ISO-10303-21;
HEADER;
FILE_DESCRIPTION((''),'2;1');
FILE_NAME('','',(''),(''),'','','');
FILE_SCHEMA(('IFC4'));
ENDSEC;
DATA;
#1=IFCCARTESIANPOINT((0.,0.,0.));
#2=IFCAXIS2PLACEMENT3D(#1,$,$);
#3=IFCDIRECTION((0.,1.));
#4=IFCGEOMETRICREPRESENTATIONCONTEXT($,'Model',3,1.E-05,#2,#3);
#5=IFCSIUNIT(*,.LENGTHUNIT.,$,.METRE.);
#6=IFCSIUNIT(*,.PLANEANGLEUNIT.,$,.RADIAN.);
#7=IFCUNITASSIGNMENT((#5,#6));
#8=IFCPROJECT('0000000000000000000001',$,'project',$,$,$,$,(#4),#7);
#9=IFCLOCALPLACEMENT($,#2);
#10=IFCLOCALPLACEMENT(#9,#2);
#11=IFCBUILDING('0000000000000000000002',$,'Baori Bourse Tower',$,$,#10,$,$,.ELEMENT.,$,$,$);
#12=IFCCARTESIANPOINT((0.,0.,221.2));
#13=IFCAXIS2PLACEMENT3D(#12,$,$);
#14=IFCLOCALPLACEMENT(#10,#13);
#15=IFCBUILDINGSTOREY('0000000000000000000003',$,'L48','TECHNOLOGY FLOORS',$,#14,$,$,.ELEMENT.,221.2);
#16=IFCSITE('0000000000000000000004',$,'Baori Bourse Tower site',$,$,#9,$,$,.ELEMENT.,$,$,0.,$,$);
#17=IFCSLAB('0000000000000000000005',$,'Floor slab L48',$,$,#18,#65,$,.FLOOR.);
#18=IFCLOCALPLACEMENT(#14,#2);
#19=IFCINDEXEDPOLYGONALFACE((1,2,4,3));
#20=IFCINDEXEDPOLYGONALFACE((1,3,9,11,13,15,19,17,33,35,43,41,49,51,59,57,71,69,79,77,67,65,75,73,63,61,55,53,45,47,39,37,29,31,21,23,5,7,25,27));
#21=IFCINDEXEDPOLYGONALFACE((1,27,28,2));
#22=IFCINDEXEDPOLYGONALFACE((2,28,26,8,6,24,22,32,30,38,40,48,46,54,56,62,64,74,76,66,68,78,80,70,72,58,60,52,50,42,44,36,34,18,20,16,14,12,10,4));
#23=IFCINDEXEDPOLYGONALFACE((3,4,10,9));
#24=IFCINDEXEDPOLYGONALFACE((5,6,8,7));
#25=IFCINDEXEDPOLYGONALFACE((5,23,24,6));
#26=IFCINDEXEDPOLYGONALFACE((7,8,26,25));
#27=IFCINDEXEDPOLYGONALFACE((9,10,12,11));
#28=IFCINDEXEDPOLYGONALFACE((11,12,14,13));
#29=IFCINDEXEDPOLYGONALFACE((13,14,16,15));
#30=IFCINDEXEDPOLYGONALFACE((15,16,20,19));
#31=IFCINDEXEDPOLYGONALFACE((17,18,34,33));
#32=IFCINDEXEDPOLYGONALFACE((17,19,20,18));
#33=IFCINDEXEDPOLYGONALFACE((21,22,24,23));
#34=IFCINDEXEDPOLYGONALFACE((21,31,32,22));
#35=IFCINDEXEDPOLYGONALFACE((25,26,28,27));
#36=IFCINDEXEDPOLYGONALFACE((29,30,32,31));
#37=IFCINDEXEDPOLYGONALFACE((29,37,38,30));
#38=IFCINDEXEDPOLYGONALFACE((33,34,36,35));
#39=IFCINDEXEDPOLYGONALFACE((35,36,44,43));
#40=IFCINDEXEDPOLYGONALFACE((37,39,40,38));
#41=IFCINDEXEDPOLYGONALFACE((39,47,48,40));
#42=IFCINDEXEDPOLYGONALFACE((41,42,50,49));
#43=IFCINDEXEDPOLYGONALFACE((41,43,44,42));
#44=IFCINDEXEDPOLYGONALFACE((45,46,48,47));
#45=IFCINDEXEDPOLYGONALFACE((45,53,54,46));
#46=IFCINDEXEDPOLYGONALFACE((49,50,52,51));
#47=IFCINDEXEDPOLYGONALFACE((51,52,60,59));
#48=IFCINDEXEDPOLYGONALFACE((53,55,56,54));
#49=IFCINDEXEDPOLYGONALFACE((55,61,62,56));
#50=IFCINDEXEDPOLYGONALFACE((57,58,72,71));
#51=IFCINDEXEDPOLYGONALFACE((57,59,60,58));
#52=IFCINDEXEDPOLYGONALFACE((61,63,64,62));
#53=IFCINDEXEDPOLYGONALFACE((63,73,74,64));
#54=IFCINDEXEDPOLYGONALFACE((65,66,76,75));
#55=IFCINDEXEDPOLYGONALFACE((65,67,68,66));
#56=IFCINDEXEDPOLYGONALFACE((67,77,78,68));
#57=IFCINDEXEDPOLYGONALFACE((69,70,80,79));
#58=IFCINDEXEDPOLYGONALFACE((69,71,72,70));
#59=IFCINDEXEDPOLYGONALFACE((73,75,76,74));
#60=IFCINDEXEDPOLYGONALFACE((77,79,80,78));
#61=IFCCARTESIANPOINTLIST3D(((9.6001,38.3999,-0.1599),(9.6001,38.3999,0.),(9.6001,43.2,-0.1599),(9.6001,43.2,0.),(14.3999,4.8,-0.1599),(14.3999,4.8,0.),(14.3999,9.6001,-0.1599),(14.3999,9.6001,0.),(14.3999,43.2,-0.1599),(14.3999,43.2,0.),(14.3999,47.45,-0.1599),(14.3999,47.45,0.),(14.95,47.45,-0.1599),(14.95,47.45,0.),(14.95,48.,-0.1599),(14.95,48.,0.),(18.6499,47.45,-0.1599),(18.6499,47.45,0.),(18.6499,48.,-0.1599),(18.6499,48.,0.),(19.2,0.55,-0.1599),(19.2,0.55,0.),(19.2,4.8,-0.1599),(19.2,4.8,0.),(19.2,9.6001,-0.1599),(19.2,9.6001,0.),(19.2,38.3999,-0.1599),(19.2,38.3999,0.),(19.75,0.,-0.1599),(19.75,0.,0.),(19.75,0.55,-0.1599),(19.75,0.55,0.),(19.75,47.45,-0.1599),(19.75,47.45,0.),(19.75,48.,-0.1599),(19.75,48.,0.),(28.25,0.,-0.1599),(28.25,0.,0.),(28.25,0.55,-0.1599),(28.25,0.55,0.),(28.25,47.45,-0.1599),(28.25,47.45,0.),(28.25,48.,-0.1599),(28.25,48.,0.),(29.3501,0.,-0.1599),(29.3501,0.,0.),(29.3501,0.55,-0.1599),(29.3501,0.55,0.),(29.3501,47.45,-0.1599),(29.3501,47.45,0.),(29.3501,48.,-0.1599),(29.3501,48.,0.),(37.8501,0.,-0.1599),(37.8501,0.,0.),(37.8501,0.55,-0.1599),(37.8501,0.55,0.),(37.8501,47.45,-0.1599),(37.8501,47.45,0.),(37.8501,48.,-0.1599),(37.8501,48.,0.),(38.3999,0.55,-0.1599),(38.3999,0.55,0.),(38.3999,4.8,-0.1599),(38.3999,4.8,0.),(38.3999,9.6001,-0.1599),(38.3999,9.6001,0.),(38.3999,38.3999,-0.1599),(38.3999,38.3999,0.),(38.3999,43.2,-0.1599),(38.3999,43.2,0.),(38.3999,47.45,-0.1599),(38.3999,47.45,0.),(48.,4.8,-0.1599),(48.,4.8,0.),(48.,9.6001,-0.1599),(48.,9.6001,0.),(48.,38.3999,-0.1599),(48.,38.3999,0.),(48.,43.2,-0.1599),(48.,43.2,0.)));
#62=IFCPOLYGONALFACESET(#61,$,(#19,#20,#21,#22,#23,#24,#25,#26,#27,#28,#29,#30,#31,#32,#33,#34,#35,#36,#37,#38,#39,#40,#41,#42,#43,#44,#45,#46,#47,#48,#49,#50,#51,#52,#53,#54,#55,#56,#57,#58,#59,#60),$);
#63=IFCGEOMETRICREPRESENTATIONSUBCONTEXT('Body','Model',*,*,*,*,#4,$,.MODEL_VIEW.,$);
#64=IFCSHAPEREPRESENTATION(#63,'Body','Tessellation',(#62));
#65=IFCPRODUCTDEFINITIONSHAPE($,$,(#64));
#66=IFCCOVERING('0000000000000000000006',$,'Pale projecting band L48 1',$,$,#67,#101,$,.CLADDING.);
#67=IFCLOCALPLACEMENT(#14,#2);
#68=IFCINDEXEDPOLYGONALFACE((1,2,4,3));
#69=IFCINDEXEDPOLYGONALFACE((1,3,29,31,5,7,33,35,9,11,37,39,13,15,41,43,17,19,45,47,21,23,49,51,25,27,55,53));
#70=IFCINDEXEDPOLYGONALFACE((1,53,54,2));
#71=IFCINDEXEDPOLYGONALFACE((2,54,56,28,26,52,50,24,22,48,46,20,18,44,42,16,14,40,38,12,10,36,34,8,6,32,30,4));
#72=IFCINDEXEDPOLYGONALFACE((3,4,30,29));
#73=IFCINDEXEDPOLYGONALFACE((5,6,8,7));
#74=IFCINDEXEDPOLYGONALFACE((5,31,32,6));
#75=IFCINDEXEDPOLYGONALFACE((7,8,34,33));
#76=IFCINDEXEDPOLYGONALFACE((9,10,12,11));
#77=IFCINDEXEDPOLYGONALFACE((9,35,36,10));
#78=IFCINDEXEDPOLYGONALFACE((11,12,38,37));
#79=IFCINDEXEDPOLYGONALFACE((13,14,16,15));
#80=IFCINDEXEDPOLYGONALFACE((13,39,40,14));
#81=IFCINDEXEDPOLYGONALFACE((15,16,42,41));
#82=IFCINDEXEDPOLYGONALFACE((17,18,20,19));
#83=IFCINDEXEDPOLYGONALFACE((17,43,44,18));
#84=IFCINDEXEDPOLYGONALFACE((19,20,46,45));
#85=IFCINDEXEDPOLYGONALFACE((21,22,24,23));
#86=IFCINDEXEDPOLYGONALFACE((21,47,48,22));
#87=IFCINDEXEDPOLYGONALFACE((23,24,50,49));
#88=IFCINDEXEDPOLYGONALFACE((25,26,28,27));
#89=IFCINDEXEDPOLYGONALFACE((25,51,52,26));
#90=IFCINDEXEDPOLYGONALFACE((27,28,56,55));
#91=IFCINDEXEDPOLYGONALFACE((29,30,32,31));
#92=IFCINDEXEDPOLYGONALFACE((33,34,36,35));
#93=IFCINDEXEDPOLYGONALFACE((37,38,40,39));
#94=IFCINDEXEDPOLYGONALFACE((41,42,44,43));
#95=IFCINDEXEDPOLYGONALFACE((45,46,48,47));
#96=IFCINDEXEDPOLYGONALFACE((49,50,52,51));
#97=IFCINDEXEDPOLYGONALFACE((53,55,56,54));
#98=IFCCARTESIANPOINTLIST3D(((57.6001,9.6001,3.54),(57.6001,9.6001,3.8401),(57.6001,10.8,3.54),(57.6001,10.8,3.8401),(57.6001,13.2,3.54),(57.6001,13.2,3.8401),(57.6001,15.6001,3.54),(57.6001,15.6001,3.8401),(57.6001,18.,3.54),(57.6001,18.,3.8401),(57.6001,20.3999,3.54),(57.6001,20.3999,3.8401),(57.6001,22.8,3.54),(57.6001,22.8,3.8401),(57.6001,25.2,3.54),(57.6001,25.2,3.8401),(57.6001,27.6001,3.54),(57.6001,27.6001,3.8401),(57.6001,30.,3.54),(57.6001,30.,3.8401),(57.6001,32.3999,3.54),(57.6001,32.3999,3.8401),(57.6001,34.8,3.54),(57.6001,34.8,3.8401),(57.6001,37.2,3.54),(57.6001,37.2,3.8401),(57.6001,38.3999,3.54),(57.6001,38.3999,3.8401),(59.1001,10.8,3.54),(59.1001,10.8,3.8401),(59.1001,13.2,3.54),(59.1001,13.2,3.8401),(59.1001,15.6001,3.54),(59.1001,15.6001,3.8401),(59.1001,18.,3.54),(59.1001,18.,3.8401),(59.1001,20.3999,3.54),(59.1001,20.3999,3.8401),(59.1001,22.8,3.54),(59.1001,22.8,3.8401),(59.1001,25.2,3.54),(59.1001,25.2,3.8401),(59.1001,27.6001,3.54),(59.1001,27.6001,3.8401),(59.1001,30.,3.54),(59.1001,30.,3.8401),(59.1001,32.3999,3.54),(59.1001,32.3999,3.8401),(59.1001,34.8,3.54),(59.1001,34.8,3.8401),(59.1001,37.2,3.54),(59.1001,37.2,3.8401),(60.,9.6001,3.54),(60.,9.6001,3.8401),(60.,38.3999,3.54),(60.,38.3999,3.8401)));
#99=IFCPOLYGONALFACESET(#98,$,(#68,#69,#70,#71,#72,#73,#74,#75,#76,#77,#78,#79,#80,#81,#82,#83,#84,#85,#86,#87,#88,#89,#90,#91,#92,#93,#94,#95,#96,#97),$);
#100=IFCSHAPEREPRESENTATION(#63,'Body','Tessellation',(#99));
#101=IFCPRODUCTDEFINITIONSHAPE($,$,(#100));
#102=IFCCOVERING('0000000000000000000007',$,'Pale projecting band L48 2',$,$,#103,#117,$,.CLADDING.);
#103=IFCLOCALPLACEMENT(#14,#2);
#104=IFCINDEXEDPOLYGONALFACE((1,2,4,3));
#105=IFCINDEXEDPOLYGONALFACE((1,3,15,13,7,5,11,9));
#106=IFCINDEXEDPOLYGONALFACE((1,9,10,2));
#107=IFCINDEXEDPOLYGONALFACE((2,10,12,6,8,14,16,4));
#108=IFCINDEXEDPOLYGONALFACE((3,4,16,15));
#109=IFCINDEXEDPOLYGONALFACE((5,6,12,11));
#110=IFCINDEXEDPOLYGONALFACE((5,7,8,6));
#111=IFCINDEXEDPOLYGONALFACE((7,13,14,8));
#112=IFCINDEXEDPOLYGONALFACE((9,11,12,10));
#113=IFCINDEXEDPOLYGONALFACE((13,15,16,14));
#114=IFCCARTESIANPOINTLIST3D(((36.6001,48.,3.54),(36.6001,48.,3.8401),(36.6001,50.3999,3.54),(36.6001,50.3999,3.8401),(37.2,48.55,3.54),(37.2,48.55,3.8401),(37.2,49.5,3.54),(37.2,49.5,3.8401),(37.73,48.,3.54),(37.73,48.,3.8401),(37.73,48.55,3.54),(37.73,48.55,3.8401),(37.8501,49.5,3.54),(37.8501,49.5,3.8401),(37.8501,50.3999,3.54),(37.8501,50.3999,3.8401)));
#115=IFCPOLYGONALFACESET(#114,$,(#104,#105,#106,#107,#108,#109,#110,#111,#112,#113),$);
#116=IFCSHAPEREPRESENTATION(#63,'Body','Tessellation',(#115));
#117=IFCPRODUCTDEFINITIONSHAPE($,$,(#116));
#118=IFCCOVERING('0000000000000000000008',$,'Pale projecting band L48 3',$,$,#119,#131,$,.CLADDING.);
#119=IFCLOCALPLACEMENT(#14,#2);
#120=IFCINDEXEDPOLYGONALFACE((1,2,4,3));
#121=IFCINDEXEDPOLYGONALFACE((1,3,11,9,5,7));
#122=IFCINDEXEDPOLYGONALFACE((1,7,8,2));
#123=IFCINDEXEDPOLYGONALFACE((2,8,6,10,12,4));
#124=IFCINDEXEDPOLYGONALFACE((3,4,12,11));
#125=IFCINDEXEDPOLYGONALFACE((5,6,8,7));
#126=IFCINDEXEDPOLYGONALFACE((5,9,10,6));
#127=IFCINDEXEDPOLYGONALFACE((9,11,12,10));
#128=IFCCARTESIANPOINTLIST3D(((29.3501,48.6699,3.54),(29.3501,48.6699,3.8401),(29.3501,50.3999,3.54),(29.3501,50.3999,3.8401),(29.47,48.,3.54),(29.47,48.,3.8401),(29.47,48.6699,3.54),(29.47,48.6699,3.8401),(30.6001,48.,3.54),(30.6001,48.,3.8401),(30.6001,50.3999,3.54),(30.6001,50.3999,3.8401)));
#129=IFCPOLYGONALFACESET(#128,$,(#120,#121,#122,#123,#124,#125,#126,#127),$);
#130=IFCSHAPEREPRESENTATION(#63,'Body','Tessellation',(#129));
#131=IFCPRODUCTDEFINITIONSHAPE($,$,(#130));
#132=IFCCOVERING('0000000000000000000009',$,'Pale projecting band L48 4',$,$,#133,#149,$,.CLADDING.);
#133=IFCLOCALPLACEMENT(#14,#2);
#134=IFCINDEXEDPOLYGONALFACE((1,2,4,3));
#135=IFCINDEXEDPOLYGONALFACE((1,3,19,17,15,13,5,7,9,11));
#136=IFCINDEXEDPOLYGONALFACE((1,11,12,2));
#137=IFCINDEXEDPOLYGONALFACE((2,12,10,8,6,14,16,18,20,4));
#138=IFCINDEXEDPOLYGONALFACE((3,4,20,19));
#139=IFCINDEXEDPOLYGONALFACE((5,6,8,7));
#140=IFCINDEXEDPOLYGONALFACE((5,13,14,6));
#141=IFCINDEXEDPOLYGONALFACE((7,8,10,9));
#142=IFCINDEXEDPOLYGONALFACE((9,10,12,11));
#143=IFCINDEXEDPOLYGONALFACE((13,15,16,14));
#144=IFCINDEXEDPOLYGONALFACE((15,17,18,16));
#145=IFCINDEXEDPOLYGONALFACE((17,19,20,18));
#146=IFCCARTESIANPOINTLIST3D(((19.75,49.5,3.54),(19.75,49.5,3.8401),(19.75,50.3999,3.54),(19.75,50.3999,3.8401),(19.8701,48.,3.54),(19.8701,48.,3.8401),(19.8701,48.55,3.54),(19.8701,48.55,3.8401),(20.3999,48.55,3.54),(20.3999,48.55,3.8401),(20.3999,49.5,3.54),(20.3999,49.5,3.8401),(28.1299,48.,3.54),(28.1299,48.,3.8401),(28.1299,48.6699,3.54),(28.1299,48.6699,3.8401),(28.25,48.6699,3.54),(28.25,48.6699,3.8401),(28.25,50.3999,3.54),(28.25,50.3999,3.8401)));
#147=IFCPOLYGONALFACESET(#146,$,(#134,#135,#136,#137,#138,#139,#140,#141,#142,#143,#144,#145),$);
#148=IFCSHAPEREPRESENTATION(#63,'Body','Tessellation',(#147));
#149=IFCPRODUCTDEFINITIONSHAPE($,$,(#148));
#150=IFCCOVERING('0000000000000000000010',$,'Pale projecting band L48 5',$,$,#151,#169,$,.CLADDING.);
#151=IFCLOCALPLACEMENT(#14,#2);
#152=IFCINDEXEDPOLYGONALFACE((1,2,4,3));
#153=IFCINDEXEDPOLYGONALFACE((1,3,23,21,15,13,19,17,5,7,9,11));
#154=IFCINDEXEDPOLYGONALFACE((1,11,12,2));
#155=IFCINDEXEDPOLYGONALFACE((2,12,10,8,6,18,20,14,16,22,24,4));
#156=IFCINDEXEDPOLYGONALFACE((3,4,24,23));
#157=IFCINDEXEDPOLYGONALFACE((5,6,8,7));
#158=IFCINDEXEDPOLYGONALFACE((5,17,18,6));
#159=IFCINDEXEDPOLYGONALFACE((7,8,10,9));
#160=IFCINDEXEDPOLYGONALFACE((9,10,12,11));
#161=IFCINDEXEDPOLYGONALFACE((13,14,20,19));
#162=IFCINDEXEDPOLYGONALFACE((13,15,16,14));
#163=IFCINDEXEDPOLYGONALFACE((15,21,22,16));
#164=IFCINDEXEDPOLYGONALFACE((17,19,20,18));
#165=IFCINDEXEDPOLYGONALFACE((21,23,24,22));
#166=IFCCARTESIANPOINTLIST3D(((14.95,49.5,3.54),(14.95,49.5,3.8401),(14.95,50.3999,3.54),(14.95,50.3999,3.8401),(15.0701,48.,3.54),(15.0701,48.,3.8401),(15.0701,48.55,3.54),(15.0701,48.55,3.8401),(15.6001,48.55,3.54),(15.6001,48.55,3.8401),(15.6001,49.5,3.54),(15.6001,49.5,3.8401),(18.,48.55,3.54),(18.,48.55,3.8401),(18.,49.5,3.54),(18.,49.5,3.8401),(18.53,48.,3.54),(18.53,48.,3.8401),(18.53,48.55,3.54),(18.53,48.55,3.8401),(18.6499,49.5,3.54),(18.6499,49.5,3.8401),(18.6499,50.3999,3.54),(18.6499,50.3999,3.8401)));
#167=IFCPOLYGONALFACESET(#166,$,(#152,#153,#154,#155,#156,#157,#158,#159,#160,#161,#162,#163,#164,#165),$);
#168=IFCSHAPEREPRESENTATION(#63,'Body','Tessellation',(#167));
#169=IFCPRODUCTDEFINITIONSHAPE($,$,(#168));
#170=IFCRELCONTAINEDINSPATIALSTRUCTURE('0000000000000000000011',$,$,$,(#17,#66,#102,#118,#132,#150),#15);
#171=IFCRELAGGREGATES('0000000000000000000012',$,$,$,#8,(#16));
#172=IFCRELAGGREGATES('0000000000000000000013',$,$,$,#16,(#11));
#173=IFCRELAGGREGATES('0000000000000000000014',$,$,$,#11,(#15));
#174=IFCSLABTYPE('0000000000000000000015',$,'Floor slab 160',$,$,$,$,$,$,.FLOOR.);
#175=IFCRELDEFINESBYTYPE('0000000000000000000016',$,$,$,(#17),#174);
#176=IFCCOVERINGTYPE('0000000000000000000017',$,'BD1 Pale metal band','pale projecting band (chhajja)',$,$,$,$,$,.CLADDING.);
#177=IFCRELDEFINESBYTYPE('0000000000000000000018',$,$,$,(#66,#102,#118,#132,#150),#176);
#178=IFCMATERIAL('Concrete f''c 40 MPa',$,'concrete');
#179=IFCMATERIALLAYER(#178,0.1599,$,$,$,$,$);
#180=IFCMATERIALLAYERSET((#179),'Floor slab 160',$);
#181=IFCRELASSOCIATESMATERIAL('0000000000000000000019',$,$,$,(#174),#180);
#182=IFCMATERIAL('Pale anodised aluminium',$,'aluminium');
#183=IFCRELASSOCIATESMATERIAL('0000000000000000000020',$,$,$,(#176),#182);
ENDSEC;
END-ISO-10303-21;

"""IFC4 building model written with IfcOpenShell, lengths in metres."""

from ifc_helpers import new_model, si_unit, direction, frame, origin, place, context, subcontext, project, spatial, polyline, outline, extrude, material, layer, layer_set, type_object, element, save


model = new_model("IFC4")

# Units and contexts
model_context = context("Model", 3, precision=1e-05, world=origin(), true_north=direction((0.0, 1.0)))
body_context = subcontext(model_context, "Body", "Model", "MODEL_VIEW")
ifc_project = project(units=[si_unit("LENGTHUNIT", "METRE"), si_unit("PLANEANGLEUNIT", "RADIAN")], contexts=[model_context])

# Site, building, storey
site_placement = place(None, origin())
site = spatial("IfcSite", under=ifc_project, at=site_placement, Name="Baori Bourse Tower site", CompositionType="ELEMENT", RefElevation=0.0)
building_placement = place(site_placement, origin())
building = spatial("IfcBuilding", under=site, at=building_placement, Name="Baori Bourse Tower", CompositionType="ELEMENT")
storey_placement = place(building_placement, frame((0.0, 0.0, 221.2)))
storey = spatial("IfcBuildingStorey", under=building, at=storey_placement, Name="L48", Description="TECHNOLOGY FLOORS", CompositionType="ELEMENT", Elevation=221.2)

# Slab
ifc_material_1 = material(Name="Concrete f'c 40 MPa", Category="concrete")
ifc_layer_1 = layer(ifc_material_1, 0.1599)
ifc_layer_set_1 = layer_set([ifc_layer_1], Name="Floor slab 160")
slab_type_1 = type_object("IfcSlabType", Name="Floor slab 160", PredefinedType="FLOOR", material=ifc_layer_set_1)
slab_1_placement = place(storey_placement, frame((0.0, 0.0, -0.1599)))
element("IfcSlab", 1, at=slab_1_placement, inside=storey, type_object=slab_type_1, Name="Floor slab L48", PredefinedType="FLOOR", context=body_context, shape_type="SweptSolid", body=[
    extrude(outline(polyline([(19.2, 4.8), (14.3999, 4.8), (14.3999, 9.6001), (19.2, 9.6001), (19.2, 38.3999), (9.6001, 38.3999), (9.6001, 43.2), (14.3999, 43.2), (14.3999, 47.45), (14.95, 47.45), (14.95, 48.0), (18.6499, 48.0), (18.6499, 47.45), (19.75, 47.45), (19.75, 48.0), (28.25, 48.0), (28.25, 47.45), (29.3501, 47.45), (29.3501, 48.0), (37.8501, 48.0), (37.8501, 47.45), (38.3999, 47.45), (38.3999, 43.2), (48.0, 43.2), (48.0, 38.3999), (38.3999, 38.3999), (38.3999, 9.6001), (48.0, 9.6001), (48.0, 4.8), (38.3999, 4.8), (38.3999, 0.55), (37.8501, 0.55), (37.8501, 0.0), (29.3501, 0.0), (29.3501, 0.55), (28.25, 0.55), (28.25, 0.0), (19.75, 0.0), (19.75, 0.55), (19.2, 0.55), (19.2, 4.8)])), origin(), (0.0, 0.0, 1.0), 0.1599),
])

# Coverings
ifc_material_2 = material(Name="Pale anodised aluminium", Category="aluminium")
covering_type_1 = type_object("IfcCoveringType", Name="BD1 Pale metal band", Description="pale projecting band (chhajja)", PredefinedType="CLADDING", material=ifc_material_2)
covering_1_placement = place(storey_placement, frame((0.0, 0.0, 3.54)))
element("IfcCovering", 2, at=covering_1_placement, inside=storey, type_object=covering_type_1, Name="Pale projecting band L48 1", PredefinedType="CLADDING", context=body_context, shape_type="SweptSolid", body=[
    extrude(outline(polyline([(57.6001, 10.8), (57.6001, 9.6001), (60.0, 9.6001), (60.0, 38.3999), (57.6001, 38.3999), (57.6001, 37.2), (59.1001, 37.2), (59.1001, 34.8), (57.6001, 34.8), (57.6001, 32.3999), (59.1001, 32.3999), (59.1001, 30.0), (57.6001, 30.0), (57.6001, 27.6001), (59.1001, 27.6001), (59.1001, 25.2), (57.6001, 25.2), (57.6001, 22.8), (59.1001, 22.8), (59.1001, 20.3999), (57.6001, 20.3999), (57.6001, 18.0), (59.1001, 18.0), (59.1001, 15.6001), (57.6001, 15.6001), (57.6001, 13.2), (59.1001, 13.2), (59.1001, 10.8), (57.6001, 10.8)])), origin(), (0.0, 0.0, 1.0), 0.3),
])
covering_2_placement = place(storey_placement, frame((0.0, 0.0, 3.54)))
element("IfcCovering", 3, at=covering_2_placement, inside=storey, type_object=covering_type_1, Name="Pale projecting band L48 2", PredefinedType="CLADDING", context=body_context, shape_type="SweptSolid", body=[
    extrude(outline(polyline([(36.6001, 48.0), (37.73, 48.0), (37.73, 48.55), (37.2, 48.55), (37.2, 49.5), (37.8501, 49.5), (37.8501, 50.3999), (36.6001, 50.3999), (36.6001, 48.0)])), origin(), (0.0, 0.0, 1.0), 0.3),
])
covering_3_placement = place(storey_placement, frame((0.0, 0.0, 3.54)))
element("IfcCovering", 4, at=covering_3_placement, inside=storey, type_object=covering_type_1, Name="Pale projecting band L48 3", PredefinedType="CLADDING", context=body_context, shape_type="SweptSolid", body=[
    extrude(outline(polyline([(29.47, 48.0), (30.6001, 48.0), (30.6001, 50.3999), (29.3501, 50.3999), (29.3501, 48.6699), (29.47, 48.6699), (29.47, 48.0)])), origin(), (0.0, 0.0, 1.0), 0.3),
])
covering_4_placement = place(storey_placement, frame((0.0, 0.0, 3.54)))
element("IfcCovering", 5, at=covering_4_placement, inside=storey, type_object=covering_type_1, Name="Pale projecting band L48 4", PredefinedType="CLADDING", context=body_context, shape_type="SweptSolid", body=[
    extrude(outline(polyline([(19.8701, 48.0), (28.1299, 48.0), (28.1299, 48.6699), (28.25, 48.6699), (28.25, 50.3999), (19.75, 50.3999), (19.75, 49.5), (20.3999, 49.5), (20.3999, 48.55), (19.8701, 48.55), (19.8701, 48.0)])), origin(), (0.0, 0.0, 1.0), 0.3),
])
covering_5_placement = place(storey_placement, frame((0.0, 0.0, 3.54)))
element("IfcCovering", 6, at=covering_5_placement, inside=storey, type_object=covering_type_1, Name="Pale projecting band L48 5", PredefinedType="CLADDING", context=body_context, shape_type="SweptSolid", body=[
    extrude(outline(polyline([(15.0701, 48.0), (18.53, 48.0), (18.53, 48.55), (18.0, 48.55), (18.0, 49.5), (18.6499, 49.5), (18.6499, 50.3999), (14.95, 50.3999), (14.95, 49.5), (15.6001, 49.5), (15.6001, 48.55), (15.0701, 48.55), (15.0701, 48.0)])), origin(), (0.0, 0.0, 1.0), 0.3),
])

save(model, "model.ifc")
